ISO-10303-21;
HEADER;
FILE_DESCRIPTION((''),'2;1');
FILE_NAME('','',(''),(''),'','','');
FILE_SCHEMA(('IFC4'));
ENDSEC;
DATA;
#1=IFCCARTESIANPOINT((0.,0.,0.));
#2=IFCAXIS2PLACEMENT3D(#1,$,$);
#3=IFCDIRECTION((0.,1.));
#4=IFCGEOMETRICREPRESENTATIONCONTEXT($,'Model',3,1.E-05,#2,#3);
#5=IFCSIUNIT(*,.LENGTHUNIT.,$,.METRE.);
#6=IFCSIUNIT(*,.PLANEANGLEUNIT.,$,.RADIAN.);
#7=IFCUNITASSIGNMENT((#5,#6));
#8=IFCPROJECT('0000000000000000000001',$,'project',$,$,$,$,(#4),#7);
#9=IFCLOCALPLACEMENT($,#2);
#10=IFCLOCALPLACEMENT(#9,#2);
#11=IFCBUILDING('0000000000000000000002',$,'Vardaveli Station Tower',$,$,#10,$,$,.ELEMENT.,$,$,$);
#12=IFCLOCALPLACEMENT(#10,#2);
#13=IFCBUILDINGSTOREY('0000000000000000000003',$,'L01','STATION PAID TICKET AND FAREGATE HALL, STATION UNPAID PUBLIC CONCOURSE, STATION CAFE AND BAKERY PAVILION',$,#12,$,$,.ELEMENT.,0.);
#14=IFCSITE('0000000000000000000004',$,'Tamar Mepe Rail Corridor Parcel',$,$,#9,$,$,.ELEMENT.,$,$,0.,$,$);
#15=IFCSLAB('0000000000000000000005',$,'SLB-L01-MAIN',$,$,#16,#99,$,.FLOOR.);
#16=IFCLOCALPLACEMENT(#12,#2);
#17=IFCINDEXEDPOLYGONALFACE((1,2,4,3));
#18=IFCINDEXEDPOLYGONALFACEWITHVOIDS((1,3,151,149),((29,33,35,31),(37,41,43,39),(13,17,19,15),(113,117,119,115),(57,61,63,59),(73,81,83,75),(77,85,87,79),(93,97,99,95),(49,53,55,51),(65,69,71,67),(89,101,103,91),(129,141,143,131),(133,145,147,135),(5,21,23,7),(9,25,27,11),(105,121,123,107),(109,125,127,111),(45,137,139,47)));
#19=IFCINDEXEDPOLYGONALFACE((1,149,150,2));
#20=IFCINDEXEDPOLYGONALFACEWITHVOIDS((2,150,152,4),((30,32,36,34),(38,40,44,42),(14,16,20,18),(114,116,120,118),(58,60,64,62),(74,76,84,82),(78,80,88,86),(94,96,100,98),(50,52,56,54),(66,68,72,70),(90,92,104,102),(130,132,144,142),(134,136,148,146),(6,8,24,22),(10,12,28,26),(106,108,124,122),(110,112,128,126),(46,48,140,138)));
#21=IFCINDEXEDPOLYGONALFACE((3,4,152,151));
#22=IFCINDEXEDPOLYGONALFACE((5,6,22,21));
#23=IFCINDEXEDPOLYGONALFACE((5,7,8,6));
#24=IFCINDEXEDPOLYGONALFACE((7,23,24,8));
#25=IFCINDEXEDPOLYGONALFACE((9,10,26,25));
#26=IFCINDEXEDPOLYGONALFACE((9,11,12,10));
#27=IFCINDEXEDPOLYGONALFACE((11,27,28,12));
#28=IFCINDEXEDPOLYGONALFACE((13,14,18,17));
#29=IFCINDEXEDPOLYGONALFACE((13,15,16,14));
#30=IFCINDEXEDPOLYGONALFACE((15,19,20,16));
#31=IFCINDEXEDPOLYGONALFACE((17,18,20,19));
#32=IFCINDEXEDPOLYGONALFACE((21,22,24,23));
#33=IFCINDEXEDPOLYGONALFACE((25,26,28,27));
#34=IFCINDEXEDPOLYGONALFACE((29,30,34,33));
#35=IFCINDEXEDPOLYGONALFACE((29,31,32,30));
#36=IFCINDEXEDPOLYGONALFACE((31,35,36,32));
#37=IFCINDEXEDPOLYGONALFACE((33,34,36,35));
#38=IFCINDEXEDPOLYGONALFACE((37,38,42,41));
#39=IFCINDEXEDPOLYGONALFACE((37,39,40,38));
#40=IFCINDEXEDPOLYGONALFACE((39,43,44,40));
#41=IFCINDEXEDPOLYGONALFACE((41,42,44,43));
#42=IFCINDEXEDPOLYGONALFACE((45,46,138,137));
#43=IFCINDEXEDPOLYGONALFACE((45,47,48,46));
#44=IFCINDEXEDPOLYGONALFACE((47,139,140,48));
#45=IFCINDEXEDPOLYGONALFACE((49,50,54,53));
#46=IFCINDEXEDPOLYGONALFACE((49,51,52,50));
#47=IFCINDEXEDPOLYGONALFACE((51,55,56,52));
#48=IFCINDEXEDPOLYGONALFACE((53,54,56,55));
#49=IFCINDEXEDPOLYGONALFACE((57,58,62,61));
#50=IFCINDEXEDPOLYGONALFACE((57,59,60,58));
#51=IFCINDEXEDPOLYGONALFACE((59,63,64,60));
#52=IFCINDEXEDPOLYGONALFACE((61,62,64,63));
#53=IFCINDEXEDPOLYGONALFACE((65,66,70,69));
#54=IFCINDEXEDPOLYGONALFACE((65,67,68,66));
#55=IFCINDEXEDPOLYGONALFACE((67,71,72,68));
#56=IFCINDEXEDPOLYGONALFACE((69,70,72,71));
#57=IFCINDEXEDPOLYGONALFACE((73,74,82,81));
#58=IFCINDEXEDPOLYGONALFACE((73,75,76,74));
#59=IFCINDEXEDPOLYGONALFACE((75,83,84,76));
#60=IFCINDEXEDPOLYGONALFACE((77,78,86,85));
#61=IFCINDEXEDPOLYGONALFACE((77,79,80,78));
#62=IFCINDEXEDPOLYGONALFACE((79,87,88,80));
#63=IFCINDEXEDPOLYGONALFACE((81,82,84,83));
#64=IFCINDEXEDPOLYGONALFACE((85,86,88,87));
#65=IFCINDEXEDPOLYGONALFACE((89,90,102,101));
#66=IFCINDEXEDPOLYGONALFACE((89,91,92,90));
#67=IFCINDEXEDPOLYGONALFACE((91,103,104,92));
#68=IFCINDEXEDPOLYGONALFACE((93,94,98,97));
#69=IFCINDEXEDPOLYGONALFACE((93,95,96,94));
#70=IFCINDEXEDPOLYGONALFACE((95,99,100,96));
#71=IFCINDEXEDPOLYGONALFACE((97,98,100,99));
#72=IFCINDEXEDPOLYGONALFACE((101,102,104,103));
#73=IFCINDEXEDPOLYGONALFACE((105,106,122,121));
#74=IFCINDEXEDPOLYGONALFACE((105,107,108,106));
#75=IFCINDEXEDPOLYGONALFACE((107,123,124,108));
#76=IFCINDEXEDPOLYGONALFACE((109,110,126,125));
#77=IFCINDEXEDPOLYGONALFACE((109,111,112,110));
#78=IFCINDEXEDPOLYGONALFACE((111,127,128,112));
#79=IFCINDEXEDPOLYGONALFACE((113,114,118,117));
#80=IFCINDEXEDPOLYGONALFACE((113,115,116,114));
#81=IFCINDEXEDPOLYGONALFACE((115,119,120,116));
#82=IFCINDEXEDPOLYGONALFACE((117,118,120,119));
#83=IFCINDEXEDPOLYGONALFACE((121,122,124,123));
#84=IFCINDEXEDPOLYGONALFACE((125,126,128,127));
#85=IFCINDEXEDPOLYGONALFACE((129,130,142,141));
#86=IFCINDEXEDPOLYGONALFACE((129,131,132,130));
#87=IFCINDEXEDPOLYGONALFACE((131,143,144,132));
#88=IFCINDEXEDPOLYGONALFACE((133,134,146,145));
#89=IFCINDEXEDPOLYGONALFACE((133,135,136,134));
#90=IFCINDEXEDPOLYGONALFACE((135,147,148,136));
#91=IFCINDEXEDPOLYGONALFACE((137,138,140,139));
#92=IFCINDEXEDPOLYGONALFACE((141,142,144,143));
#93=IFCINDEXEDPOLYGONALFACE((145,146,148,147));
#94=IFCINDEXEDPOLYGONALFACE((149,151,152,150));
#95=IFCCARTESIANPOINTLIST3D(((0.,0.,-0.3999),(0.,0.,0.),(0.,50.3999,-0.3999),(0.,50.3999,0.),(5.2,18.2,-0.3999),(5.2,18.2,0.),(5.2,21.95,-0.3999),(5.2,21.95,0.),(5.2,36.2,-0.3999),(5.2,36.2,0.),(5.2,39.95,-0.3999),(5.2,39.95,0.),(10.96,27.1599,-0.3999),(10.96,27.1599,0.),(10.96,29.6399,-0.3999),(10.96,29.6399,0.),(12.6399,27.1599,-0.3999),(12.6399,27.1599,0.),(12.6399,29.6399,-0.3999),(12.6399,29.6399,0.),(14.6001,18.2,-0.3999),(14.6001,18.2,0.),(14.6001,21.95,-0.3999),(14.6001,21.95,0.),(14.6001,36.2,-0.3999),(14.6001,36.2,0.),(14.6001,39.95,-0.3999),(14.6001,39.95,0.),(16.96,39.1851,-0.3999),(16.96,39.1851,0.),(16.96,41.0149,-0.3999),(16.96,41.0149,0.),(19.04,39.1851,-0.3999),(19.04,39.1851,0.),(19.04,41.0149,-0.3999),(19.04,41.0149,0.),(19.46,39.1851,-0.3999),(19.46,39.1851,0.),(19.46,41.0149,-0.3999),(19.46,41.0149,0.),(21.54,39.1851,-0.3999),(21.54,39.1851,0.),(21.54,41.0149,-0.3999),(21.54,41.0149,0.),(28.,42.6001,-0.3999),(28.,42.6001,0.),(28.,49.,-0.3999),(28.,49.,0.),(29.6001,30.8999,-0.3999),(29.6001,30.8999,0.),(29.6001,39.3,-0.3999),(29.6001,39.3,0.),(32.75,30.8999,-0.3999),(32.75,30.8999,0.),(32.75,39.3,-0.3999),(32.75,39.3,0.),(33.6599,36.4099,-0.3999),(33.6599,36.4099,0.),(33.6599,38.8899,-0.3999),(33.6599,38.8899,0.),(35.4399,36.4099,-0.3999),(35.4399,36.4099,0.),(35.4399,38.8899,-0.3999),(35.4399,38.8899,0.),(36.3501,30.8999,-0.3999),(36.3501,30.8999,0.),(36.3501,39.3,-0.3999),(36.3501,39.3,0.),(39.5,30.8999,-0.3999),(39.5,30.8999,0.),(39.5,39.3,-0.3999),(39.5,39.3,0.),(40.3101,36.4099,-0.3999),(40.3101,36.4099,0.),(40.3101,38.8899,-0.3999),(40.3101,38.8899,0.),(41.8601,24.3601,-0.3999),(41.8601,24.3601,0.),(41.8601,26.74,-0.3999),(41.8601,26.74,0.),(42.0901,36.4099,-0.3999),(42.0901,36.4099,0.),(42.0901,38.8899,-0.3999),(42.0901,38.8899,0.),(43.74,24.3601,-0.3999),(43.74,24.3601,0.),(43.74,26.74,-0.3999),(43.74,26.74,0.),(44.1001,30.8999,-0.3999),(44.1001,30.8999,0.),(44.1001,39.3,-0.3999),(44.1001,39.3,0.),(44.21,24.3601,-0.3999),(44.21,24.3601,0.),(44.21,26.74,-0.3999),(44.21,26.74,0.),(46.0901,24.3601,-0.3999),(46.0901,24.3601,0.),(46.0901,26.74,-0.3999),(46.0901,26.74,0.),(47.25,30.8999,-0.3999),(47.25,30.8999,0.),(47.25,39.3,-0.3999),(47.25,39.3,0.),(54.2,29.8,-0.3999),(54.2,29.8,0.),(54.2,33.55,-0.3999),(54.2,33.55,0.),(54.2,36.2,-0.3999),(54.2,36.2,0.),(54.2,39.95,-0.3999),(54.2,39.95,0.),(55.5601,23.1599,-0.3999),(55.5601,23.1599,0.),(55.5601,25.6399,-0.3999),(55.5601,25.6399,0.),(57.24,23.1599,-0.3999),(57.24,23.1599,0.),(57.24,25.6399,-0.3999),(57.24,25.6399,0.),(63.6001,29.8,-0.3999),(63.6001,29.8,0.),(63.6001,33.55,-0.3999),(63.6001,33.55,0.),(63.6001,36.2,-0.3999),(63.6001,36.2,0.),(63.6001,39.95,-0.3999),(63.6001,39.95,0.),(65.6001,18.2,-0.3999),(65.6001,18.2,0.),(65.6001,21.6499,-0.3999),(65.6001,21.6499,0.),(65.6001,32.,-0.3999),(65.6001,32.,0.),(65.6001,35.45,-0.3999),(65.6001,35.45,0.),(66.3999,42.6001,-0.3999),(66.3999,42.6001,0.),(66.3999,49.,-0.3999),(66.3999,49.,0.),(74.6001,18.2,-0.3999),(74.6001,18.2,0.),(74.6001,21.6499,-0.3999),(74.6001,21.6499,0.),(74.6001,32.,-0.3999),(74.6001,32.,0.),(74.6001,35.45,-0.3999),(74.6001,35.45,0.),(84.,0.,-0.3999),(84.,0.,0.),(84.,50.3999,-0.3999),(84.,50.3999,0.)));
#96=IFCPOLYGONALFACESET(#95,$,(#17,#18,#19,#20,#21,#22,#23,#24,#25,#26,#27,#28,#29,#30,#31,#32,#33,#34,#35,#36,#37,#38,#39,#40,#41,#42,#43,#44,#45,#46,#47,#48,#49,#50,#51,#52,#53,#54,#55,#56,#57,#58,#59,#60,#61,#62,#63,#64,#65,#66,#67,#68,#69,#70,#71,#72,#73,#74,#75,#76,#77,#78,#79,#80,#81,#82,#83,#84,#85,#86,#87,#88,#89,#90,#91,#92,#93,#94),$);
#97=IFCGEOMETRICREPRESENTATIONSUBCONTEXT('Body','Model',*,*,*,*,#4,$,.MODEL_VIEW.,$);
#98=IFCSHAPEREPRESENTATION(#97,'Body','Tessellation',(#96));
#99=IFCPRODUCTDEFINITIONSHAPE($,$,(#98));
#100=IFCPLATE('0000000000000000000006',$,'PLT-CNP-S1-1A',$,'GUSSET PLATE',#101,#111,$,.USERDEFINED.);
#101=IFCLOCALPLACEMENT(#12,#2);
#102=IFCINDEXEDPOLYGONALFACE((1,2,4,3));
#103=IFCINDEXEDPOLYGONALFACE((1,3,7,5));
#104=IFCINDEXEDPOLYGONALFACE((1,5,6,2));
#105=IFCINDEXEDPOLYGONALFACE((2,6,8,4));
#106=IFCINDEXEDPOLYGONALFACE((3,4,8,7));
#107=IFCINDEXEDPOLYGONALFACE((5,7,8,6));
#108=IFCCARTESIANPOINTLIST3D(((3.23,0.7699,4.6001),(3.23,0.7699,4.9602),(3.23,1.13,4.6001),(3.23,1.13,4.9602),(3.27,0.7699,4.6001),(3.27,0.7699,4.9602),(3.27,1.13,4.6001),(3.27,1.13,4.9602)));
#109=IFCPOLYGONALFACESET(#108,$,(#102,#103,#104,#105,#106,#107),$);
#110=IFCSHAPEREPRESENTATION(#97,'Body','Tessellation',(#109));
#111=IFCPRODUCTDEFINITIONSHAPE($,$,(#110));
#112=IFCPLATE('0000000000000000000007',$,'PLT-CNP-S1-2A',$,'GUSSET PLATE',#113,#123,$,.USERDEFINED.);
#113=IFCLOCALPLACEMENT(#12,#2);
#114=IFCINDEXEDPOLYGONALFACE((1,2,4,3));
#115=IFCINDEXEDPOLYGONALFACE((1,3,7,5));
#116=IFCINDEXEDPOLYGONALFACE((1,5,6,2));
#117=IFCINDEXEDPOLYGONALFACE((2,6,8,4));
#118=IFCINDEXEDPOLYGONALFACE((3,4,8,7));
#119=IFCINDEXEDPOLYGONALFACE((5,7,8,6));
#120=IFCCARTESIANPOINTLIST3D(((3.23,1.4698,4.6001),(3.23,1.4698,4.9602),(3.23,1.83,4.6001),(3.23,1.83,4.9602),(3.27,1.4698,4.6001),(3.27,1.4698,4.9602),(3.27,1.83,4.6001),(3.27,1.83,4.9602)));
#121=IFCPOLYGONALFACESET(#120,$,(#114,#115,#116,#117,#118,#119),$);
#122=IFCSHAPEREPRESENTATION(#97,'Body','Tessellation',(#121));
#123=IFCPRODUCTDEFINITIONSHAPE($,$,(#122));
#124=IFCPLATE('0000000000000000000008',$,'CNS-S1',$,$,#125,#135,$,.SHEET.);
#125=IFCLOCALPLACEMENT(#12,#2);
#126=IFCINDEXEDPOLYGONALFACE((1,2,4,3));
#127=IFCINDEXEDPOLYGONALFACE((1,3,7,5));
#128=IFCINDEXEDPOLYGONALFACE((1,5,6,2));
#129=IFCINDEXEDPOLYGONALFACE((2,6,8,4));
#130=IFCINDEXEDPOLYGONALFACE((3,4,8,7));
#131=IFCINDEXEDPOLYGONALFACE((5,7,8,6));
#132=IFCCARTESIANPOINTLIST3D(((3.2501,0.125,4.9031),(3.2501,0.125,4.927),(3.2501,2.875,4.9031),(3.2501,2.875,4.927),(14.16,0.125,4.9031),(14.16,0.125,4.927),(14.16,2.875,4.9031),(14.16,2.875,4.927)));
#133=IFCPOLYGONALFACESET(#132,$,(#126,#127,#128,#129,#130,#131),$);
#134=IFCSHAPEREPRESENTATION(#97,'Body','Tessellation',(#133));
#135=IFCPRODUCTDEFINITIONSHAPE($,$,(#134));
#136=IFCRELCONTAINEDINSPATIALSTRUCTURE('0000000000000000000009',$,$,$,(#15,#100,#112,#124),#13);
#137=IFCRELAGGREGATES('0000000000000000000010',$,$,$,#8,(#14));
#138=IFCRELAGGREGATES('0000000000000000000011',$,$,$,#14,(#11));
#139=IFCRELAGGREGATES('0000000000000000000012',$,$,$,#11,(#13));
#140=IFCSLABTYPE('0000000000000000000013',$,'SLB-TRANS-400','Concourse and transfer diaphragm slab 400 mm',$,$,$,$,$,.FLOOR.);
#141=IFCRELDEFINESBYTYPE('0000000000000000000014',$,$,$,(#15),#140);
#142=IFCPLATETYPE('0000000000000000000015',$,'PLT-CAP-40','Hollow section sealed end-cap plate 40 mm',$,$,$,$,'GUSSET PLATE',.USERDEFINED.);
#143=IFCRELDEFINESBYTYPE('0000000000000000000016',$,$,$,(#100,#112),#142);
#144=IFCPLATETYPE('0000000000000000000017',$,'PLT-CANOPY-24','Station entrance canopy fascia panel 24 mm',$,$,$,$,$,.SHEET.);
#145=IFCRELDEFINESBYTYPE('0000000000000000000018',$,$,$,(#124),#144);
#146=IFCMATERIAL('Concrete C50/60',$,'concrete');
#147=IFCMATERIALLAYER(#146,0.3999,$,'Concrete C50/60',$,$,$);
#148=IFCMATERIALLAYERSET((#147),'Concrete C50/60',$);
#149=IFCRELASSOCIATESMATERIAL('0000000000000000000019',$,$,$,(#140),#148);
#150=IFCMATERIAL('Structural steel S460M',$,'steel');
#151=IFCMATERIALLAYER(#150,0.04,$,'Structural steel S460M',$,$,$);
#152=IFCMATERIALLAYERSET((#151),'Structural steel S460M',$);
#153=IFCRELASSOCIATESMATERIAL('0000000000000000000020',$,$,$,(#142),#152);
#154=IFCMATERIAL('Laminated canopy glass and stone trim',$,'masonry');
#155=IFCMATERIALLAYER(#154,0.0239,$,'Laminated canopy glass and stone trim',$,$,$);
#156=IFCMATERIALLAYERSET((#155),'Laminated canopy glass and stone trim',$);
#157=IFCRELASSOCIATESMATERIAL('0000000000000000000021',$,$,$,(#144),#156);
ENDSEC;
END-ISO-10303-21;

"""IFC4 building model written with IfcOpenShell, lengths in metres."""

from ifc_helpers import new_model, si_unit, direction, frame, origin, origin_2d, place, context, subcontext, project, spatial, polyline, rectangle, outline, extrude, source, transform, mapped, material, layer, layer_set, type_object, element, save


model = new_model("IFC4")

# Units and contexts
model_context = context("Model", 3, precision=1e-05, world=origin(), true_north=direction((0.0, 1.0)))
body_context = subcontext(model_context, "Body", "Model", "MODEL_VIEW")
ifc_project = project(units=[si_unit("LENGTHUNIT", "METRE"), si_unit("PLANEANGLEUNIT", "RADIAN")], contexts=[model_context])

# Site, building, storey
site_placement = place(None, origin())
site = spatial("IfcSite", under=ifc_project, at=site_placement, Name="Tamar Mepe Rail Corridor Parcel", CompositionType="ELEMENT", RefElevation=0.0)
building_placement = place(site_placement, origin())
building = spatial("IfcBuilding", under=site, at=building_placement, Name="Vardaveli Station Tower", CompositionType="ELEMENT")
storey_placement = place(building_placement, origin())
storey = spatial("IfcBuildingStorey", under=building, at=storey_placement, Name="L01", Description="STATION PAID TICKET AND FAREGATE HALL, STATION UNPAID PUBLIC CONCOURSE, STATION CAFE AND BAKERY PAVILION", CompositionType="ELEMENT", Elevation=0.0)

# Slab
ifc_material_1 = material(Name="Concrete C50/60", Category="concrete")
ifc_layer_1 = layer(ifc_material_1, 0.3999, Name="Concrete C50/60")
ifc_layer_set_1 = layer_set([ifc_layer_1], Name="Concrete C50/60")
slab_type_1 = type_object("IfcSlabType", Name="SLB-TRANS-400", Description="Concourse and transfer diaphragm slab 400 mm", PredefinedType="FLOOR", material=ifc_layer_set_1)
slab_1_placement = place(storey_placement, frame((0.0, 0.0, -0.3999)))
element("IfcSlab", 1, at=slab_1_placement, inside=storey, type_object=slab_type_1, Name="SLB-L01-MAIN", PredefinedType="FLOOR", context=body_context, shape_type="SweptSolid", body=[
    extrude(outline(polyline([(0.0, 0.0), (84.0, 0.0), (84.0, 50.3999), (0.0, 50.3999), (0.0, 0.0)]), holes=[polyline([(32.75, 30.8999), (32.75, 39.3), (29.6001, 39.3), (29.6001, 30.8999), (32.75, 30.8999)]), polyline([(39.5, 30.8999), (39.5, 39.3), (36.3501, 39.3), (36.3501, 30.8999), (39.5, 30.8999)]), polyline([(47.25, 30.8999), (47.25, 39.3), (44.1001, 39.3), (44.1001, 30.8999), (47.25, 30.8999)]), polyline([(5.2, 18.2), (14.6001, 18.2), (14.6001, 21.95), (5.2, 21.95), (5.2, 18.2)]), polyline([(54.2, 29.8), (63.6001, 29.8), (63.6001, 33.55), (54.2, 33.55), (54.2, 29.8)]), polyline([(5.2, 36.2), (14.6001, 36.2), (14.6001, 39.95), (5.2, 39.95), (5.2, 36.2)]), polyline([(54.2, 36.2), (63.6001, 36.2), (63.6001, 39.95), (54.2, 39.95), (54.2, 36.2)]), polyline([(65.6001, 18.2), (74.6001, 18.2), (74.6001, 21.6499), (65.6001, 21.6499), (65.6001, 18.2)]), polyline([(65.6001, 32.0), (74.6001, 32.0), (74.6001, 35.45), (65.6001, 35.45), (65.6001, 32.0)]), polyline([(10.96, 27.1599), (12.6399, 27.1599), (12.6399, 29.6399), (10.96, 29.6399), (10.96, 27.1599)]), polyline([(55.5601, 23.1599), (57.24, 23.1599), (57.24, 25.6399), (55.5601, 25.6399), (55.5601, 23.1599)]), polyline([(16.96, 39.1851), (19.04, 39.1851), (19.04, 41.0149), (16.96, 41.0149), (16.96, 39.1851)]), polyline([(19.46, 39.1851), (21.54, 39.1851), (21.54, 41.0149), (19.46, 41.0149), (19.46, 39.1851)]), polyline([(33.6599, 36.4099), (35.4399, 36.4099), (35.4399, 38.8899), (33.6599, 38.8899), (33.6599, 36.4099)]), polyline([(40.3101, 36.4099), (42.0901, 36.4099), (42.0901, 38.8899), (40.3101, 38.8899), (40.3101, 36.4099)]), polyline([(41.8601, 24.3601), (43.74, 24.3601), (43.74, 26.74), (41.8601, 26.74), (41.8601, 24.3601)]), polyline([(44.21, 24.3601), (46.0901, 24.3601), (46.0901, 26.74), (44.21, 26.74), (44.21, 24.3601)]), polyline([(28.0, 42.6001), (66.3999, 42.6001), (66.3999, 49.0), (28.0, 49.0), (28.0, 42.6001)])]), origin(), (0.0, 0.0, 1.0), 0.3999),
])

# Plates
ifc_material_2 = material(Name="Structural steel S460M", Category="steel")
ifc_layer_2 = layer(ifc_material_2, 0.04, Name="Structural steel S460M")
ifc_layer_set_2 = layer_set([ifc_layer_2], Name="Structural steel S460M")
plate_type_1 = type_object("IfcPlateType", Name="PLT-CAP-40", Description="Hollow section sealed end-cap plate 40 mm", ElementType="GUSSET PLATE", PredefinedType="USERDEFINED", material=ifc_layer_set_2)
shared_shape_1 = source(origin(), body_context, "Body", "SweptSolid", [
    extrude(rectangle(XDim=0.04, YDim=0.3601, at=origin_2d()), origin(), (0.0, 0.0, 1.0), 0.3601),
])
for number, where, z_axis, x_axis, name in (
    (2, (3.25, 0.95, 4.6001), (0.0, 0.0, 1.0), (1.0, 0.0, 0.0), "PLT-CNP-S1-1A"),
    (3, (3.25, 1.6499, 4.6001), (0.0, 0.0, 1.0), (1.0, 0.0, 0.0), "PLT-CNP-S1-2A"),
):
    element("IfcPlate", number, at=place(storey_placement, frame(where, z_axis=z_axis, x_axis=x_axis)), inside=storey, type_object=plate_type_1, Name=name, ObjectType="GUSSET PLATE", PredefinedType="USERDEFINED", context=body_context, shape_type="MappedRepresentation", body=[
        mapped(shared_shape_1, transform((0.0, 0.0, 0.0), scale=1.0)),
    ])
ifc_material_3 = material(Name="Laminated canopy glass and stone trim", Category="masonry")
ifc_layer_3 = layer(ifc_material_3, 0.0239, Name="Laminated canopy glass and stone trim")
ifc_layer_set_3 = layer_set([ifc_layer_3], Name="Laminated canopy glass and stone trim")
plate_type_2 = type_object("IfcPlateType", Name="PLT-CANOPY-24", Description="Station entrance canopy fascia panel 24 mm", PredefinedType="SHEET", material=ifc_layer_set_3)
shared_shape_2 = source(origin(), body_context, "Body", "SweptSolid", [
    extrude(rectangle(XDim=10.9099, YDim=2.75, at=origin_2d()), origin(), (0.0, 0.0, 1.0), 0.0239),
])
plate_placement = place(storey_placement, frame((8.7051, 1.5, 4.9031), z_axis=(0.0, 0.0, 1.0), x_axis=(1.0, 0.0, 0.0)))
element("IfcPlate", 4, at=plate_placement, inside=storey, type_object=plate_type_2, Name="CNS-S1", PredefinedType="SHEET", context=body_context, shape_type="MappedRepresentation", body=[
    mapped(shared_shape_2, transform((0.0, 0.0, 0.0), scale=1.0)),
])

save(model, "model.ifc")
